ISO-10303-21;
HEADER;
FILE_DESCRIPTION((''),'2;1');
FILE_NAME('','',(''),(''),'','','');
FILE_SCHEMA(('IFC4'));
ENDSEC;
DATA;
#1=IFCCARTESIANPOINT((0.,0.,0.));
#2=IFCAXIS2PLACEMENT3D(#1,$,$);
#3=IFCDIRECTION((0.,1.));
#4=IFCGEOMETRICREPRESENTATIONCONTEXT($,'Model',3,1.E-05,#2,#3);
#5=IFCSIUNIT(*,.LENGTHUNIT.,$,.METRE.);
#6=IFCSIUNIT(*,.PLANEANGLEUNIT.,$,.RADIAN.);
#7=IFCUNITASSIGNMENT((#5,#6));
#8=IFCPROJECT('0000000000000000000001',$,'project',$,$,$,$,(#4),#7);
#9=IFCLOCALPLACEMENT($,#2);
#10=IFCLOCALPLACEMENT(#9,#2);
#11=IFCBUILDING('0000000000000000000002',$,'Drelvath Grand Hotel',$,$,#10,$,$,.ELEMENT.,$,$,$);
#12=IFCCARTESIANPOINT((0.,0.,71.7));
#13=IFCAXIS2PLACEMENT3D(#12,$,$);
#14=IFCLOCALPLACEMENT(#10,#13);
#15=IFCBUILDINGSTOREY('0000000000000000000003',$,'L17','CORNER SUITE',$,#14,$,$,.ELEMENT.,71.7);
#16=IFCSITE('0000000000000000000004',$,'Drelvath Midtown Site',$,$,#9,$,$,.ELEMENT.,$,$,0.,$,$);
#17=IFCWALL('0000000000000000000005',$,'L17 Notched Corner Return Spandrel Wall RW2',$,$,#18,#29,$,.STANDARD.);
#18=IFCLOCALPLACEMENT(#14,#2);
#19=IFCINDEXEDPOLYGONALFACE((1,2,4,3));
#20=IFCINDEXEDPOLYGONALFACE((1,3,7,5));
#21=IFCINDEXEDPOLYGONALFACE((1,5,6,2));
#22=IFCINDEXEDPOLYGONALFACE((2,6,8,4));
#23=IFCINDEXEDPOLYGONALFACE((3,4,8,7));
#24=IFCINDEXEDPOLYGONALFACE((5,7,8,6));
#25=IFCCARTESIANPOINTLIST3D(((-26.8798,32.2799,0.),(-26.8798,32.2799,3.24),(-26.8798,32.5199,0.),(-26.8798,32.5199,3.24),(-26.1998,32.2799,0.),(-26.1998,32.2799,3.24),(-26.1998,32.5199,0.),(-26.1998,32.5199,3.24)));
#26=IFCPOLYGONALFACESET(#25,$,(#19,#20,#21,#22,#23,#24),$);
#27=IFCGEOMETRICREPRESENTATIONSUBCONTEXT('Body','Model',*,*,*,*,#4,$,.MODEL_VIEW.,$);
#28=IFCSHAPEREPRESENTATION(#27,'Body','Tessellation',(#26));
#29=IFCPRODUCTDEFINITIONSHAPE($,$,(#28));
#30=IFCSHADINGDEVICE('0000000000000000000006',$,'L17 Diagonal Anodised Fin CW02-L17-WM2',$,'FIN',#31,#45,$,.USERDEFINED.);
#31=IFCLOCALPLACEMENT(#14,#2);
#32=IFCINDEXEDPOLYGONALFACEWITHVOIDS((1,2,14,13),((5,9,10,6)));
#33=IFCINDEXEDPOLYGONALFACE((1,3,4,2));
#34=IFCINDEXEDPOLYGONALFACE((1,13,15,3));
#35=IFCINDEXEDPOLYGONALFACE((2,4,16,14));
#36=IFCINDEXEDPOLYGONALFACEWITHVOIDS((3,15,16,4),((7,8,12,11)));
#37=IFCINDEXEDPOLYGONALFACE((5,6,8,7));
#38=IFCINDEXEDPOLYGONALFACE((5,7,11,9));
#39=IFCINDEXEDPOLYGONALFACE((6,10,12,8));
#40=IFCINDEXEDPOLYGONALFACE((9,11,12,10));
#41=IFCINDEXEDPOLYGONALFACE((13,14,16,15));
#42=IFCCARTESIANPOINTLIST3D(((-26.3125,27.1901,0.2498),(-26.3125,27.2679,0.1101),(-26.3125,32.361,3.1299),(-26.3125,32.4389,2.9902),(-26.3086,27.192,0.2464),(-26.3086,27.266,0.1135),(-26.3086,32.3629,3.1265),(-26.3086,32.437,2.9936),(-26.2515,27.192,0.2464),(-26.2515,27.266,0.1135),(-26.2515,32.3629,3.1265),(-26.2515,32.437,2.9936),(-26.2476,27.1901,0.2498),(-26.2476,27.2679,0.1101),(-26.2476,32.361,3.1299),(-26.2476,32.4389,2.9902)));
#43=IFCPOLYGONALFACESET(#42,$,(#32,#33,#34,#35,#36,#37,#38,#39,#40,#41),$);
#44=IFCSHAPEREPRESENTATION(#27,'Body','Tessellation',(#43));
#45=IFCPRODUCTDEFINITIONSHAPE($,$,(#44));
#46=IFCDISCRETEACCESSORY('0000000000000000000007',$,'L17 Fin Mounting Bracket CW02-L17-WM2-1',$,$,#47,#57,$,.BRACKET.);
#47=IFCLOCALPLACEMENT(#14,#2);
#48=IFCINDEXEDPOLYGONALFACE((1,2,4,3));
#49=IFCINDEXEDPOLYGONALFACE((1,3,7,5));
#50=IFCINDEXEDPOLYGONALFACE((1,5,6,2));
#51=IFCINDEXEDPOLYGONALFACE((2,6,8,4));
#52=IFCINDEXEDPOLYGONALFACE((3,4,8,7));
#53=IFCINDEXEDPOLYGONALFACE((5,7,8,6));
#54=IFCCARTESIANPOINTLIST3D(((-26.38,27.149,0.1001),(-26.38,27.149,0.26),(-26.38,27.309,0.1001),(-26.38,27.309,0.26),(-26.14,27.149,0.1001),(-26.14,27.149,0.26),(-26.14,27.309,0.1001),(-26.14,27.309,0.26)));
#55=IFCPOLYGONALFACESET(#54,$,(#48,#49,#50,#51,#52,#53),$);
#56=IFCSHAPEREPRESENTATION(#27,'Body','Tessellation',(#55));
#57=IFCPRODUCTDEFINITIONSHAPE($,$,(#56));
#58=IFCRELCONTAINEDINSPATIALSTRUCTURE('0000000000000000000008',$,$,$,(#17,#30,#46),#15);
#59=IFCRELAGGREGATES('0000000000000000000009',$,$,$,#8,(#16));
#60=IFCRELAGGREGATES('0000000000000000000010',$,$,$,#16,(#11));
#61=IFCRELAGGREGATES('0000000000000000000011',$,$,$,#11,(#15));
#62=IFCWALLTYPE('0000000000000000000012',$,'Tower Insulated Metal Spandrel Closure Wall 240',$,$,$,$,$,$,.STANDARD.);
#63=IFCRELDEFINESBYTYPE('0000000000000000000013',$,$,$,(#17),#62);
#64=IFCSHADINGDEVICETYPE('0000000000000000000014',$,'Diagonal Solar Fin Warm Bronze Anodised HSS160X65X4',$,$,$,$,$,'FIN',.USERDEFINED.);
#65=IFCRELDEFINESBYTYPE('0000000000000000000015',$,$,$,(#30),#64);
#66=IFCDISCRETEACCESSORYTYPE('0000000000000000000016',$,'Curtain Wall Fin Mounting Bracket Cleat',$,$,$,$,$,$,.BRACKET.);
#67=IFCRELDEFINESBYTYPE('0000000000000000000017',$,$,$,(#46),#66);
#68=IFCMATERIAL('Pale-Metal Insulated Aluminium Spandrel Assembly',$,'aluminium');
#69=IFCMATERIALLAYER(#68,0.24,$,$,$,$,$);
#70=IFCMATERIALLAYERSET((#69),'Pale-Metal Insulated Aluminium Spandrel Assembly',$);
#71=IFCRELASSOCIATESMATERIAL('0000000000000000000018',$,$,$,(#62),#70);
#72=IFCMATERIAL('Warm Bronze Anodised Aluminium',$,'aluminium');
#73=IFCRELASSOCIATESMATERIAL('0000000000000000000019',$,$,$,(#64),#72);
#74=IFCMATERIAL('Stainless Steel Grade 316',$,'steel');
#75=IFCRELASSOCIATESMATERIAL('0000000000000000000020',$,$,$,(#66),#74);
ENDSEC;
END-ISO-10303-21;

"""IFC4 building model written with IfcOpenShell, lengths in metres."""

from ifc_helpers import new_model, si_unit, direction, frame, frame_2d, origin, origin_2d, place, context, subcontext, project, spatial, rectangle, hollow_rectangle, extrude, material, layer, layer_set, material_profile, profile_set, type_object, element, save


model = new_model("IFC4")

# Units and contexts
model_context = context("Model", 3, precision=1e-05, world=origin(), true_north=direction((0.0, 1.0)))
body_context = subcontext(model_context, "Body", "Model", "MODEL_VIEW")
ifc_project = project(units=[si_unit("LENGTHUNIT", "METRE"), si_unit("PLANEANGLEUNIT", "RADIAN")], contexts=[model_context])

# Site, building, storey
site_placement = place(None, origin())
site = spatial("IfcSite", under=ifc_project, at=site_placement, Name="Drelvath Midtown Site", CompositionType="ELEMENT", RefElevation=0.0)
building_placement = place(site_placement, origin())
building = spatial("IfcBuilding", under=site, at=building_placement, Name="Drelvath Grand Hotel", CompositionType="ELEMENT")
storey_placement = place(building_placement, frame((0.0, 0.0, 71.7)))
storey = spatial("IfcBuildingStorey", under=building, at=storey_placement, Name="L17", Description="CORNER SUITE", CompositionType="ELEMENT", Elevation=71.7)

# Wall
ifc_material_1 = material(Name="Pale-Metal Insulated Aluminium Spandrel Assembly", Category="aluminium")
ifc_layer_1 = layer(ifc_material_1, 0.24)
ifc_layer_set_1 = layer_set([ifc_layer_1], Name="Pale-Metal Insulated Aluminium Spandrel Assembly")
wall_type_1 = type_object("IfcWallType", Name="Tower Insulated Metal Spandrel Closure Wall 240", PredefinedType="STANDARD", material=ifc_layer_set_1)
wall_1_placement = place(storey_placement, frame((-26.2, 32.3999, 0.0), z_axis=(0.0, 0.0, 1.0), x_axis=(-1.0, 0.0, 0.0)))
element("IfcWall", 1, at=wall_1_placement, inside=storey, type_object=wall_type_1, Name="L17 Notched Corner Return Spandrel Wall RW2", PredefinedType="STANDARD", context=body_context, shape_type="SweptSolid", body=[
    extrude(rectangle(XDim=0.6799, YDim=0.24, at=frame_2d((0.3398, 0.0))), origin(), (0.0, 0.0, 1.0), 3.24),
])

# Shading device
ifc_material_2 = material(Name="Warm Bronze Anodised Aluminium", Category="aluminium")
ifc_material_profile_1 = material_profile(ifc_material_2, hollow_rectangle(XDim=0.0649, YDim=0.1599, WallThickness=0.0039, at=origin_2d()), Name="HSS160X65X4")
ifc_profile_set_1 = profile_set([ifc_material_profile_1], Name="Warm Bronze Anodised Aluminium")
shading_device_type = type_object("IfcShadingDeviceType", Name="Diagonal Solar Fin Warm Bronze Anodised HSS160X65X4", ElementType="FIN", PredefinedType="USERDEFINED", material=ifc_profile_set_1)
shading_device_placement = place(storey_placement, frame((-26.28, 27.229, 0.1799), z_axis=(0.0, 0.873626, 0.486599), x_axis=(-1.0, 0.0, 0.0)))
element("IfcShadingDevice", 2, at=shading_device_placement, inside=storey, type_object=shading_device_type, Name="L17 Diagonal Anodised Fin CW02-L17-WM2", ObjectType="FIN", PredefinedType="USERDEFINED", context=body_context, shape_type="SweptSolid", body=[
    extrude(hollow_rectangle(XDim=0.0649, YDim=0.1599, WallThickness=0.0039, at=origin_2d()), origin(), (0.0, 0.0, 1.0), 5.9189),
])

# Discrete accessory
ifc_material_3 = material(Name="Stainless Steel Grade 316", Category="steel")
discrete_accessory_type = type_object("IfcDiscreteAccessoryType", Name="Curtain Wall Fin Mounting Bracket Cleat", PredefinedType="BRACKET", material=ifc_material_3)
discrete_accessory_placement = place(storey_placement, frame((-26.26, 27.229, 0.1001), z_axis=(0.0, 0.0, 1.0), x_axis=(0.0, 1.0, 0.0)))
element("IfcDiscreteAccessory", 3, at=discrete_accessory_placement, inside=storey, type_object=discrete_accessory_type, Name="L17 Fin Mounting Bracket CW02-L17-WM2-1", PredefinedType="BRACKET", context=body_context, shape_type="SweptSolid", body=[
    extrude(rectangle(XDim=0.1599, YDim=0.24, at=origin_2d()), origin(), (0.0, 0.0, 1.0), 0.1599),
])

save(model, "model.ifc")
